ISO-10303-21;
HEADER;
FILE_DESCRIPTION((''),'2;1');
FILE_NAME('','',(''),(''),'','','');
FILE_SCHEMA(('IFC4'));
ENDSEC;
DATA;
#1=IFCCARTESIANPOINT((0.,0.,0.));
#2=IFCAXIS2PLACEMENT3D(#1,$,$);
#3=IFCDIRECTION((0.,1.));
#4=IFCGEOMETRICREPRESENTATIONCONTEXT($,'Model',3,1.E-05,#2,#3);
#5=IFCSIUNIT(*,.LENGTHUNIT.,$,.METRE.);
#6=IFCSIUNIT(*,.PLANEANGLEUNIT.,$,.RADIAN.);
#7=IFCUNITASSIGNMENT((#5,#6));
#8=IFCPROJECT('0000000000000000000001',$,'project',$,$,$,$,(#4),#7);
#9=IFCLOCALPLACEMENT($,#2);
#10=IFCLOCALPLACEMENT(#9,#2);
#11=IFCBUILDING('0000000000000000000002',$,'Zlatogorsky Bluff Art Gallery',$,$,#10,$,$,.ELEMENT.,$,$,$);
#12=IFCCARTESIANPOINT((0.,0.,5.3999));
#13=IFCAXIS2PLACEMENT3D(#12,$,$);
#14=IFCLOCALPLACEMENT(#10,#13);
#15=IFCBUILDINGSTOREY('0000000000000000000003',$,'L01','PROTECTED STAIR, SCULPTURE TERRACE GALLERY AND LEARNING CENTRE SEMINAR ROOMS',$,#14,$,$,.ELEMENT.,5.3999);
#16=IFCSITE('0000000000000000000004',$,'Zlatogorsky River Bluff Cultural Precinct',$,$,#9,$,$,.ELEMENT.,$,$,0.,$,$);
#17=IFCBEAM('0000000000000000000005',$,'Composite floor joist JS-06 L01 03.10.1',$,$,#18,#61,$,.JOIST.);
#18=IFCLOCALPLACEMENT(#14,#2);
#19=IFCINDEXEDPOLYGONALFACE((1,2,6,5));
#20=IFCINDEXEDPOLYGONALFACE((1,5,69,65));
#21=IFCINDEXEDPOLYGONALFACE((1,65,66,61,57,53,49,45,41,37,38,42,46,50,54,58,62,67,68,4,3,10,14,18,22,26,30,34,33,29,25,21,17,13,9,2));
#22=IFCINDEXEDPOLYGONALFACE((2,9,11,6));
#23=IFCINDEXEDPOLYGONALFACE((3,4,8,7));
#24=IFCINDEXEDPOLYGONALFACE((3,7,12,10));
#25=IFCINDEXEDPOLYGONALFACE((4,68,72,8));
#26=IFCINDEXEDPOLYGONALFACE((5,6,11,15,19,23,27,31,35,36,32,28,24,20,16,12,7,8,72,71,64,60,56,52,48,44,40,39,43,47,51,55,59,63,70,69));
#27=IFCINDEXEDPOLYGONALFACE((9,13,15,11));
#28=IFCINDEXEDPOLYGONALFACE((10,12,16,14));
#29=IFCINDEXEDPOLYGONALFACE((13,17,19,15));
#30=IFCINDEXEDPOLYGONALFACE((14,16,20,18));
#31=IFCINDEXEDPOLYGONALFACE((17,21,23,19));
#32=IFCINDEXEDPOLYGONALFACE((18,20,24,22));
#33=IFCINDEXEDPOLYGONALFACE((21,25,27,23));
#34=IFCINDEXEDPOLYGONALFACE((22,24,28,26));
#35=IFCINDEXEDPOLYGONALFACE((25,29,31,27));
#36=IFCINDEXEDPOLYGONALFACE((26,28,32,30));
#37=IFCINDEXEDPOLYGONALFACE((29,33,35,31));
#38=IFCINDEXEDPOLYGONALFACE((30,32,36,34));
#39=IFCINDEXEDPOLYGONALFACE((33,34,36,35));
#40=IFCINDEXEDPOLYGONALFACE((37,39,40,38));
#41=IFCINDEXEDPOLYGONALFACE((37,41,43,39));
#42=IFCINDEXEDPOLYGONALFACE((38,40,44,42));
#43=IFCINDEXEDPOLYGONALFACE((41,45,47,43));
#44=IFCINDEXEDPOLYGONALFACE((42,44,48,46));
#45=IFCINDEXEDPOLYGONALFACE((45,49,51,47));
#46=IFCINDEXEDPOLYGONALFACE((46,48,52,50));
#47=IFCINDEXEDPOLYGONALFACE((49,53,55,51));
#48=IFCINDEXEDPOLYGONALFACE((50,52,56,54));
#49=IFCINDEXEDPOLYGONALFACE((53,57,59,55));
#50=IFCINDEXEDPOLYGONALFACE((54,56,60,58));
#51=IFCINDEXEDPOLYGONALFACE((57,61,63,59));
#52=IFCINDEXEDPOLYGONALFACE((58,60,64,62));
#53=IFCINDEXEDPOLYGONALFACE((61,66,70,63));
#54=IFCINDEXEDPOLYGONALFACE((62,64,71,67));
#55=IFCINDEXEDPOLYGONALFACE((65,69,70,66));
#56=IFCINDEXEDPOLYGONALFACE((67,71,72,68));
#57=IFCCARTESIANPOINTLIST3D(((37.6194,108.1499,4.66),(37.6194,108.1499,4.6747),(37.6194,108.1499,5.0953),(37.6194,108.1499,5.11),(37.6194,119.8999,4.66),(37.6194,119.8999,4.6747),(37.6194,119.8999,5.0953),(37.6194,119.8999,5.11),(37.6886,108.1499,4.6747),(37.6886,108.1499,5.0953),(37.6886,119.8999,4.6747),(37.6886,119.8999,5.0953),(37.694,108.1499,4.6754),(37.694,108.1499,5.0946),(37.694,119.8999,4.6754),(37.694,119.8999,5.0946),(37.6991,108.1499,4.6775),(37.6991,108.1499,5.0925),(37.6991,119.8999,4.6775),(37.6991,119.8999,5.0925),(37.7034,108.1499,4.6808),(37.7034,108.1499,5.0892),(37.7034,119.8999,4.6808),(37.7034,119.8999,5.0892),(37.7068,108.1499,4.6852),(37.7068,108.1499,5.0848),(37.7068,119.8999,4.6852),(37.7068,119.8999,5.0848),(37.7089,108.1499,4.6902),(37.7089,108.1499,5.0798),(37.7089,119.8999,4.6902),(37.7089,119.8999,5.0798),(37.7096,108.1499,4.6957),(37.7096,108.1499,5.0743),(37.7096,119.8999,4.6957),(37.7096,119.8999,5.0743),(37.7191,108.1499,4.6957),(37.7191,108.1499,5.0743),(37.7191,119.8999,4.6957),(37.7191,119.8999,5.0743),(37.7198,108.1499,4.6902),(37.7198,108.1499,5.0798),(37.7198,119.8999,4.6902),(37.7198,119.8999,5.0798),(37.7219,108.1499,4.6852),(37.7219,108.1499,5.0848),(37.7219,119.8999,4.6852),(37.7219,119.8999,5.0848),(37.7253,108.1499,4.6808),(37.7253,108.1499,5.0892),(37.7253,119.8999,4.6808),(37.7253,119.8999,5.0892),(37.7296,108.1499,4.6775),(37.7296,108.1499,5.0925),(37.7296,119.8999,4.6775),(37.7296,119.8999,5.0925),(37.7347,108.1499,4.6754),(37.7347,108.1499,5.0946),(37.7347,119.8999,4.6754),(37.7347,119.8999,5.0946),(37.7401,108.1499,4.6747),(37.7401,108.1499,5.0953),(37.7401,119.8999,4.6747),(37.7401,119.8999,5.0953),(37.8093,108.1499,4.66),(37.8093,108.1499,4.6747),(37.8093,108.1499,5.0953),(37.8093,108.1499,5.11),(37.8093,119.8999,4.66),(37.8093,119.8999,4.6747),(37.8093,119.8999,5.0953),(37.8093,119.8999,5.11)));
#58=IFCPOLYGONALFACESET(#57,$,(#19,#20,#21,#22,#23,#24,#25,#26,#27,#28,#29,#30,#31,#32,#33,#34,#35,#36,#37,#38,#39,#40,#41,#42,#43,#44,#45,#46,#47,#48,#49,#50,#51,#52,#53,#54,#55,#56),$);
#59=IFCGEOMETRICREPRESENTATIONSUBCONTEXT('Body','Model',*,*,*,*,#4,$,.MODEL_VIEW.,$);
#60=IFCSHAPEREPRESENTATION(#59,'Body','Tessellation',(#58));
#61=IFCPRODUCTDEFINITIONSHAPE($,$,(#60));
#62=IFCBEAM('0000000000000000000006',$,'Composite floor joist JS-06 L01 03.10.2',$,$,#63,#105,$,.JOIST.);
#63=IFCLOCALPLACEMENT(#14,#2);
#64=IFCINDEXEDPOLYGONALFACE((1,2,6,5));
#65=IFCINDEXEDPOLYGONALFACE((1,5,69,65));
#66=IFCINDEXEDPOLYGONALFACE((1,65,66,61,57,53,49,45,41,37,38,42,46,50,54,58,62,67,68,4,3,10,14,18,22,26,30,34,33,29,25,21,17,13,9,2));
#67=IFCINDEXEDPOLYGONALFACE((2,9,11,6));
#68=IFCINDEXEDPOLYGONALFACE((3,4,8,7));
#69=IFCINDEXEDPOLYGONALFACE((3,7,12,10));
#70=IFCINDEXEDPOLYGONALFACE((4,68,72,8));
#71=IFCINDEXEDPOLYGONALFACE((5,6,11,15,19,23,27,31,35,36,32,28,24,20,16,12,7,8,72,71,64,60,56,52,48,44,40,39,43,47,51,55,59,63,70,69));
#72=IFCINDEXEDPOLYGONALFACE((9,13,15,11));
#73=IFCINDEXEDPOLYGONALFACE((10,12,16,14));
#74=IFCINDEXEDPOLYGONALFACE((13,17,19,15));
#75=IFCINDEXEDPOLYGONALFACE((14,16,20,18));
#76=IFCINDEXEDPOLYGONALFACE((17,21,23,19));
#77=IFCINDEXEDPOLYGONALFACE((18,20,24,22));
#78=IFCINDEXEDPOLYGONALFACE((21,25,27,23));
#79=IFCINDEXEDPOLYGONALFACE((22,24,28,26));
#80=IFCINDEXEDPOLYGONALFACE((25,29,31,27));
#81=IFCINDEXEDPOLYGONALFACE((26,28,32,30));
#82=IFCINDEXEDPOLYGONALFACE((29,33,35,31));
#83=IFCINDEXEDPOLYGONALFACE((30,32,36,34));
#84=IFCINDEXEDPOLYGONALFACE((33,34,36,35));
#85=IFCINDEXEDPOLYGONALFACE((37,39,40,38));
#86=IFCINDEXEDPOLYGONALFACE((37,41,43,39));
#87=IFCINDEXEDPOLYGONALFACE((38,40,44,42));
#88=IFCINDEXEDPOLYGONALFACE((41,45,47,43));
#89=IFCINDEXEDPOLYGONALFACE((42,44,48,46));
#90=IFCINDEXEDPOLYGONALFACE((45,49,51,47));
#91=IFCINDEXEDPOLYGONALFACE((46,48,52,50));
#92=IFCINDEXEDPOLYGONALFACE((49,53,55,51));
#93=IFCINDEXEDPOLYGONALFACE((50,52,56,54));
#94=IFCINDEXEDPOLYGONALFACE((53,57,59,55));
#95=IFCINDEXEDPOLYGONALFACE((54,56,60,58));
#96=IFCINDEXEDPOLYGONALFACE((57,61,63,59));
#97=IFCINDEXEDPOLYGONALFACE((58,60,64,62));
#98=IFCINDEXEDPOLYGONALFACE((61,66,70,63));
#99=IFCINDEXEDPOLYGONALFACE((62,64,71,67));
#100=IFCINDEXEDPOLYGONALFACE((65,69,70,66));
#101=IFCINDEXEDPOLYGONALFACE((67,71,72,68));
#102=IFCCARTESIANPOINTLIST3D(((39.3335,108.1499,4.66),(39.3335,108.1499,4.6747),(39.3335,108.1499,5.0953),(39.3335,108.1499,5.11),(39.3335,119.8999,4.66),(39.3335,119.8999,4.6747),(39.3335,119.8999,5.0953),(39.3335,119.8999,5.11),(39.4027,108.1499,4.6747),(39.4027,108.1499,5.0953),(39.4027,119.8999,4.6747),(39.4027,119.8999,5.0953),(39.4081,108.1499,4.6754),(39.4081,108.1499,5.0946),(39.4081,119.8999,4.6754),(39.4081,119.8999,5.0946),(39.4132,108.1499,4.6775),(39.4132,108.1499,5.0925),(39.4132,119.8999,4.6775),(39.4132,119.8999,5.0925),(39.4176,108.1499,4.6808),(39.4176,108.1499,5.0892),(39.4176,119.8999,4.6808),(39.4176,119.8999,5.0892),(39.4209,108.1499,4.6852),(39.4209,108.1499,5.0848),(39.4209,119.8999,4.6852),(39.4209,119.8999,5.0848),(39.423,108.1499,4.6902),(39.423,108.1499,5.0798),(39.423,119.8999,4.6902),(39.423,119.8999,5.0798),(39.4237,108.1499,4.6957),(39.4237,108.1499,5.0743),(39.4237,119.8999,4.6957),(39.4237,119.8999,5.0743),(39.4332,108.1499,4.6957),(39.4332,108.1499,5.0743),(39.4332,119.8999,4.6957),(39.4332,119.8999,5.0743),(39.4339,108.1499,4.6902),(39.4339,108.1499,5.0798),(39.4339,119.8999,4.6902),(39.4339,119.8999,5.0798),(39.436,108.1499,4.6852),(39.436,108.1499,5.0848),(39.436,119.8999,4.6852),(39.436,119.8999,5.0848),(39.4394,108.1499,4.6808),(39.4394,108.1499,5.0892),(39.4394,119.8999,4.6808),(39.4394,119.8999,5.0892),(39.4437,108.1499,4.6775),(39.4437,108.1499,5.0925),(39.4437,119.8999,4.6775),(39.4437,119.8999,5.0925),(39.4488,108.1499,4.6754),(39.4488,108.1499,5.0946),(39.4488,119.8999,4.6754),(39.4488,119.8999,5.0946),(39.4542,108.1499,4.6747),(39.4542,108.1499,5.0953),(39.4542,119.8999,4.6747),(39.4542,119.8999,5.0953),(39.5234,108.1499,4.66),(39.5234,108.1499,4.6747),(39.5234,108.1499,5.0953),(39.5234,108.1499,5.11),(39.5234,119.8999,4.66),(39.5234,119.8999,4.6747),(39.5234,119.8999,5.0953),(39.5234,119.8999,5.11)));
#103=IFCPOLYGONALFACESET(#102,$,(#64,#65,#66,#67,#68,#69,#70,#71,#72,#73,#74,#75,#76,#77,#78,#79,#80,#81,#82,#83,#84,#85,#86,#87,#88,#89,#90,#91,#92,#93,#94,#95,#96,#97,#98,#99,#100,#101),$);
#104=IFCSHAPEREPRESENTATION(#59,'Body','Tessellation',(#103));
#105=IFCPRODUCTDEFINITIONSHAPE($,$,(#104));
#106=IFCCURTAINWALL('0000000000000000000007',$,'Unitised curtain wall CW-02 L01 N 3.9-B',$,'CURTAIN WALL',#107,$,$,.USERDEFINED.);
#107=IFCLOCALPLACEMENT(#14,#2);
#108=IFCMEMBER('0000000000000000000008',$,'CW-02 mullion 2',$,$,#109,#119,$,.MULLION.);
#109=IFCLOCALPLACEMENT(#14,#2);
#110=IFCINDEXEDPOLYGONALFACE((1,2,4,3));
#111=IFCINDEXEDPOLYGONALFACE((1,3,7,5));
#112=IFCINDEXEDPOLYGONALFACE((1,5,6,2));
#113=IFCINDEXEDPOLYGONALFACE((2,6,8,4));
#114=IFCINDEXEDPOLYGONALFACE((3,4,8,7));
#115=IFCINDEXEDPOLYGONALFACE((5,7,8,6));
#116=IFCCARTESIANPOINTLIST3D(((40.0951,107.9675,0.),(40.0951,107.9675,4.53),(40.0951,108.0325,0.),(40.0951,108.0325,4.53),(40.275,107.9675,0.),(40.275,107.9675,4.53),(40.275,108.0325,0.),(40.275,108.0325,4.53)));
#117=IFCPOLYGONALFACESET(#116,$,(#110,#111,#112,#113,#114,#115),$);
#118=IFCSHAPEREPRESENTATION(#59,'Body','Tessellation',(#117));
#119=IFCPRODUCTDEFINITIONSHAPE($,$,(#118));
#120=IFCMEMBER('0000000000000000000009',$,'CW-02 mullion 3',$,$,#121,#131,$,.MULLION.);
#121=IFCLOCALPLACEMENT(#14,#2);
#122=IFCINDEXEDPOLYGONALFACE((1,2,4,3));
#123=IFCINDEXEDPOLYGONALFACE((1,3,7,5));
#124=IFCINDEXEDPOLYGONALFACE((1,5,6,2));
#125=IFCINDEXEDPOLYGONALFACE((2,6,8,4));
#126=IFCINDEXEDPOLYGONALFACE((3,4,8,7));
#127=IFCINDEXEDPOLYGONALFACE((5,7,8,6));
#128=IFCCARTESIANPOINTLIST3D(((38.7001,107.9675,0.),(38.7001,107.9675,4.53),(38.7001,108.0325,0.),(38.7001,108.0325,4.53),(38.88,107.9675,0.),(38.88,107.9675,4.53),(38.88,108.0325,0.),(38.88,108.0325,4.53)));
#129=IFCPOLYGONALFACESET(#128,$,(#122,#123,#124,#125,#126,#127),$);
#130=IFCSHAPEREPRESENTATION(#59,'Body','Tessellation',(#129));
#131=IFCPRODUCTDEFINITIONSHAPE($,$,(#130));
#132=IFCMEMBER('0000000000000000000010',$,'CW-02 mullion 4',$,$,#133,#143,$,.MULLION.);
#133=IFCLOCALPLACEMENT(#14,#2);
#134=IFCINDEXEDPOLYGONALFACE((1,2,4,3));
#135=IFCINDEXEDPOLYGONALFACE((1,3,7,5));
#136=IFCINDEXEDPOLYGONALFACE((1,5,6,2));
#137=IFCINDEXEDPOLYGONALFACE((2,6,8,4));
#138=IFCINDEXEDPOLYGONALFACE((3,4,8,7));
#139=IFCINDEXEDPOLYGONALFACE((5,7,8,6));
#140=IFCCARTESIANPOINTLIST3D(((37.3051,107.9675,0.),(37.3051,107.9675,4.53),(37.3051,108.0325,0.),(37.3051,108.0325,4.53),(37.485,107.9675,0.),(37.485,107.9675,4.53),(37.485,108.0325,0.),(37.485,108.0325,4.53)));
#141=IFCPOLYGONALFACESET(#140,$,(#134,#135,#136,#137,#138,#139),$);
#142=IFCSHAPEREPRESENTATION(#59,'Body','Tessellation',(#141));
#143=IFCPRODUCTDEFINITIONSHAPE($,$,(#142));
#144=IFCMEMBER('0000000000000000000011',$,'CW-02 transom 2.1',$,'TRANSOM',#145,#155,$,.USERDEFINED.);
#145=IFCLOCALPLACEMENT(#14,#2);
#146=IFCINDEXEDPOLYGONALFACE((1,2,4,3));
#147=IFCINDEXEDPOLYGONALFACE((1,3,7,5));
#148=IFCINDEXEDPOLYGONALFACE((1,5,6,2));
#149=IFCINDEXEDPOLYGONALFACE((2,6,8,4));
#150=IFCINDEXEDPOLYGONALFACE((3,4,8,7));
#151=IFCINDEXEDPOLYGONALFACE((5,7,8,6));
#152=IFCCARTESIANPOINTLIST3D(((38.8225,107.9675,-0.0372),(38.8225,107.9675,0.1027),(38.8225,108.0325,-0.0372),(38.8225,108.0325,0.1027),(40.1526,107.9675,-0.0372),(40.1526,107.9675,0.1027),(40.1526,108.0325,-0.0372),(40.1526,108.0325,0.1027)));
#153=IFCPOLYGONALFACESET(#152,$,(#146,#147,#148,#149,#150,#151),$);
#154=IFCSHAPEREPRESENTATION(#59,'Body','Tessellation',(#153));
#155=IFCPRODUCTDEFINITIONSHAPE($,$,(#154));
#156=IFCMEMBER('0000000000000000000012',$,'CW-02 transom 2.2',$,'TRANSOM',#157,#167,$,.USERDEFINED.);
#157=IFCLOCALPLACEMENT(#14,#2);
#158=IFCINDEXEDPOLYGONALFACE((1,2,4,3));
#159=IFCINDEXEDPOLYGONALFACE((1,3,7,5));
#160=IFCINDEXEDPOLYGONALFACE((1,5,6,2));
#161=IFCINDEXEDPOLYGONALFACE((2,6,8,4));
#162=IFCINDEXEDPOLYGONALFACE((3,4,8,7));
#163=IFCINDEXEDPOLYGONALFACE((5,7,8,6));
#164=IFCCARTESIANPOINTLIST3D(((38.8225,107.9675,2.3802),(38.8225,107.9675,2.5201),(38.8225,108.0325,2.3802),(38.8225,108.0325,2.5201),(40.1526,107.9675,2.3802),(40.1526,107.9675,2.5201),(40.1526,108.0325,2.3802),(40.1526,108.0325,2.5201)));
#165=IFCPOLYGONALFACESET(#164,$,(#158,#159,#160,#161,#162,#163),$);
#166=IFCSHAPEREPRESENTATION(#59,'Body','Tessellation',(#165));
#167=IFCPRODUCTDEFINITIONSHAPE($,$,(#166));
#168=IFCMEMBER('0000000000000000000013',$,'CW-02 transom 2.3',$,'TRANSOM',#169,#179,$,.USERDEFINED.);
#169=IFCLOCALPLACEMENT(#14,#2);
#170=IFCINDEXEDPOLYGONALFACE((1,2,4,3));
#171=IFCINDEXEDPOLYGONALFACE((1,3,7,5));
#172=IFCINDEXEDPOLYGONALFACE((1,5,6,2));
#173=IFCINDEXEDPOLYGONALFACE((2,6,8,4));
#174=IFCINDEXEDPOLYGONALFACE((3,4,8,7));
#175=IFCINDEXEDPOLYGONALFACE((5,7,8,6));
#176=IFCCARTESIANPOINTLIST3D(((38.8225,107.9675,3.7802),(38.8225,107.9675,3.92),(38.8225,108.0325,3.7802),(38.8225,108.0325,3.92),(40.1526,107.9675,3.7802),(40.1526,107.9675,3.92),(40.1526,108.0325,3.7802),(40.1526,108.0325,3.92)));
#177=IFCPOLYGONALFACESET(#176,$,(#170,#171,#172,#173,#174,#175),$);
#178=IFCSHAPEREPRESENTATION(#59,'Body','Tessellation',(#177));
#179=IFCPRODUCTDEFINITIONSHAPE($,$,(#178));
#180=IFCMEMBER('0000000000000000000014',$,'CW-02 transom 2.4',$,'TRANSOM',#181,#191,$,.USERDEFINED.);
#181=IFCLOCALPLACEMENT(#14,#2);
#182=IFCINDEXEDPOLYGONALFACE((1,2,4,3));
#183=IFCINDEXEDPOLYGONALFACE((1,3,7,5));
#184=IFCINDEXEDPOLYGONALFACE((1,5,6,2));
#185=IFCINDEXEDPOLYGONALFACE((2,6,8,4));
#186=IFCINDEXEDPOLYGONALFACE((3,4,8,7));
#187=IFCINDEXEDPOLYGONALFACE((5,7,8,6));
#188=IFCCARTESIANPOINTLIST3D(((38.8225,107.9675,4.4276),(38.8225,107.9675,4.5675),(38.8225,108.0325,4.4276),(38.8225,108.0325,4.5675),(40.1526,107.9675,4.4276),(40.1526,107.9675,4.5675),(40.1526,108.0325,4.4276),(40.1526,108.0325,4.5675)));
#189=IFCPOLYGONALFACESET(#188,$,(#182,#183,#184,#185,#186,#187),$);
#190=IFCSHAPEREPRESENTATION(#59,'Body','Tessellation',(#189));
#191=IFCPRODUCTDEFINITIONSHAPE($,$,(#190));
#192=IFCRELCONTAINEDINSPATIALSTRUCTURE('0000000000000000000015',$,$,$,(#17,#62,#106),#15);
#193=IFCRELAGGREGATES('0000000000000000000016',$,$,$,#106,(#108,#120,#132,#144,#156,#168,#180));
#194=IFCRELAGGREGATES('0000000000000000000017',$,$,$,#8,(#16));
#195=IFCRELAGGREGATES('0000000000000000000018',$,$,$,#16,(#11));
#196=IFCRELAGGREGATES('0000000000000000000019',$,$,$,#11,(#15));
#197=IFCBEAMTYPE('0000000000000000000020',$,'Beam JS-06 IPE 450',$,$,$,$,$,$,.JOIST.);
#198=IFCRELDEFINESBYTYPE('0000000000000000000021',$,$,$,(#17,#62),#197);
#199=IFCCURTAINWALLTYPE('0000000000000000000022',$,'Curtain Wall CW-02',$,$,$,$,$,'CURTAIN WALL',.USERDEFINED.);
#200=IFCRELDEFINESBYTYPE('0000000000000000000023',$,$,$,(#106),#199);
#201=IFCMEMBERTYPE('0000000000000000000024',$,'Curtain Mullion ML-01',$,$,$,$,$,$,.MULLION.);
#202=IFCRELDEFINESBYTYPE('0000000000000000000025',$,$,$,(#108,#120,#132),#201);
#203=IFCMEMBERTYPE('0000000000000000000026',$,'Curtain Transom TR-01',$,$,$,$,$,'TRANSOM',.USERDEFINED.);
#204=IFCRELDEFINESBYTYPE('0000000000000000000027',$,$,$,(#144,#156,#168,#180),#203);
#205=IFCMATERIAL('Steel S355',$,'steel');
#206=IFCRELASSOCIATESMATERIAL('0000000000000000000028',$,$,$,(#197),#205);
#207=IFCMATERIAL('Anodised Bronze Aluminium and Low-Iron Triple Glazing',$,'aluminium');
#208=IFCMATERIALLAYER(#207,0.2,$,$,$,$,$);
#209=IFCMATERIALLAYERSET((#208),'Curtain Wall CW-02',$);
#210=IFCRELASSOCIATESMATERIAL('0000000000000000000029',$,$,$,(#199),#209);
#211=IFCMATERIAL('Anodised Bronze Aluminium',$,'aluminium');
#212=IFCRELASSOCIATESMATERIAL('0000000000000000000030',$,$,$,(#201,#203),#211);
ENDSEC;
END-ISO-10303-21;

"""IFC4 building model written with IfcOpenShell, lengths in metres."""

from ifc_helpers import new_model, si_unit, direction, frame, origin, origin_2d, place, context, subcontext, project, spatial, rectangle, i_section, extrude, material, layer, layer_set, material_profile, profile_set, type_object, element, aggregate, save


model = new_model("IFC4")

# Units and contexts
model_context = context("Model", 3, precision=1e-05, world=origin(), true_north=direction((0.0, 1.0)))
body_context = subcontext(model_context, "Body", "Model", "MODEL_VIEW")
ifc_project = project(units=[si_unit("LENGTHUNIT", "METRE"), si_unit("PLANEANGLEUNIT", "RADIAN")], contexts=[model_context])

# Site, building, storey
site_placement = place(None, origin())
site = spatial("IfcSite", under=ifc_project, at=site_placement, Name="Zlatogorsky River Bluff Cultural Precinct", CompositionType="ELEMENT", RefElevation=0.0)
building_placement = place(site_placement, origin())
building = spatial("IfcBuilding", under=site, at=building_placement, Name="Zlatogorsky Bluff Art Gallery", CompositionType="ELEMENT")
storey_placement = place(building_placement, frame((0.0, 0.0, 5.3999)))
storey = spatial("IfcBuildingStorey", under=building, at=storey_placement, Name="L01", Description="PROTECTED STAIR, SCULPTURE TERRACE GALLERY AND LEARNING CENTRE SEMINAR ROOMS", CompositionType="ELEMENT", Elevation=5.3999)

# Beams
ifc_material_1 = material(Name="Steel S355", Category="steel")
ifc_material_profile_1 = material_profile(ifc_material_1, i_section(OverallWidth=0.1899, OverallDepth=0.45, WebThickness=0.0095, FlangeThickness=0.0146, FilletRadius=0.021, at=origin_2d()), Name="IPE 450")
ifc_profile_set_1 = profile_set([ifc_material_profile_1], Name="Steel S355")
beam_type = type_object("IfcBeamType", Name="Beam JS-06 IPE 450", PredefinedType="JOIST", material=ifc_profile_set_1)
for number, where, z_axis, x_axis, name in (
    (1, (37.7144, 108.1499, 4.885), (0.0, 1.0, 0.0), (-1.0, 0.0, 0.0), "Composite floor joist JS-06 L01 03.10.1"),
    (2, (39.4285, 108.1499, 4.885), (0.0, 1.0, 0.0), (-1.0, 0.0, 0.0), "Composite floor joist JS-06 L01 03.10.2"),
):
    element("IfcBeam", number, at=place(storey_placement, frame(where, z_axis=z_axis, x_axis=x_axis)), inside=storey, type_object=beam_type, Name=name, PredefinedType="JOIST", context=body_context, shape_type="SweptSolid", body=[
        extrude(i_section(OverallWidth=0.1899, OverallDepth=0.45, WebThickness=0.0095, FlangeThickness=0.0146, FilletRadius=0.021, at=origin_2d()), origin(), (0.0, 0.0, 1.0), 11.75),
    ])

# Curtain wall, members
ifc_material_2 = material(Name="Anodised Bronze Aluminium and Low-Iron Triple Glazing", Category="aluminium")
ifc_layer_1 = layer(ifc_material_2, 0.2)
ifc_layer_set_1 = layer_set([ifc_layer_1], Name="Curtain Wall CW-02")
curtain_wall_type = type_object("IfcCurtainWallType", Name="Curtain Wall CW-02", ElementType="CURTAIN WALL", PredefinedType="USERDEFINED", material=ifc_layer_set_1)
curtain_wall_placement = place(storey_placement, origin())
curtain_wall = element("IfcCurtainWall", 3, at=curtain_wall_placement, inside=storey, type_object=curtain_wall_type, Name="Unitised curtain wall CW-02 L01 N 3.9-B", ObjectType="CURTAIN WALL", PredefinedType="USERDEFINED")
ifc_material_3 = material(Name="Anodised Bronze Aluminium", Category="aluminium")
ifc_material_profile_2 = material_profile(ifc_material_3, rectangle(XDim=0.0649, YDim=0.1799, at=origin_2d()), Name="ALU MULLION 65x180")
ifc_profile_set_2 = profile_set([ifc_material_profile_2], Name="Anodised Bronze Aluminium")
member_type_1 = type_object("IfcMemberType", Name="Curtain Mullion ML-01", PredefinedType="MULLION", material=ifc_profile_set_2)
member_1_placement = place(storey_placement, frame((40.1851, 108.0, 0.0), z_axis=(0.0, 0.0, 1.0), x_axis=(0.0, -1.0, 0.0)))
member_1 = element("IfcMember", 4, at=member_1_placement, type_object=member_type_1, Name="CW-02 mullion 2", PredefinedType="MULLION", context=body_context, shape_type="SweptSolid", body=[
    extrude(rectangle(XDim=0.0649, YDim=0.1799, at=origin_2d()), origin(), (0.0, 0.0, 1.0), 4.53),
])
member_2_placement = place(storey_placement, frame((38.79, 108.0, 0.0), z_axis=(0.0, 0.0, 1.0), x_axis=(0.0, -1.0, 0.0)))
member_2 = element("IfcMember", 5, at=member_2_placement, type_object=member_type_1, Name="CW-02 mullion 3", PredefinedType="MULLION", context=body_context, shape_type="SweptSolid", body=[
    extrude(rectangle(XDim=0.0649, YDim=0.1799, at=origin_2d()), origin(), (0.0, 0.0, 1.0), 4.53),
])
member_3_placement = place(storey_placement, frame((37.395, 108.0, 0.0), z_axis=(0.0, 0.0, 1.0), x_axis=(0.0, -1.0, 0.0)))
member_3 = element("IfcMember", 6, at=member_3_placement, type_object=member_type_1, Name="CW-02 mullion 4", PredefinedType="MULLION", context=body_context, shape_type="SweptSolid", body=[
    extrude(rectangle(XDim=0.0649, YDim=0.1799, at=origin_2d()), origin(), (0.0, 0.0, 1.0), 4.53),
])
ifc_material_profile_3 = material_profile(ifc_material_3, rectangle(XDim=0.0649, YDim=0.1399, at=origin_2d()), Name="ALU TRANSOM 65x140")
ifc_profile_set_3 = profile_set([ifc_material_profile_3], Name="Anodised Bronze Aluminium")
member_type_2 = type_object("IfcMemberType", Name="Curtain Transom TR-01", ElementType="TRANSOM", PredefinedType="USERDEFINED", material=ifc_profile_set_3)
member_4_placement = place(storey_placement, frame((40.1526, 108.0, 0.0327), z_axis=(-1.0, 0.0, 0.0), x_axis=(0.0, -1.0, 0.0)))
member_4 = element("IfcMember", 7, at=member_4_placement, type_object=member_type_2, Name="CW-02 transom 2.1", ObjectType="TRANSOM", PredefinedType="USERDEFINED", context=body_context, shape_type="SweptSolid", body=[
    extrude(rectangle(XDim=0.0649, YDim=0.1399, at=origin_2d()), origin(), (0.0, 0.0, 1.0), 1.3301),
])
member_5_placement = place(storey_placement, frame((40.1526, 108.0, 2.4502), z_axis=(-1.0, 0.0, 0.0), x_axis=(0.0, -1.0, 0.0)))
member_5 = element("IfcMember", 8, at=member_5_placement, type_object=member_type_2, Name="CW-02 transom 2.2", ObjectType="TRANSOM", PredefinedType="USERDEFINED", context=body_context, shape_type="SweptSolid", body=[
    extrude(rectangle(XDim=0.0649, YDim=0.1399, at=origin_2d()), origin(), (0.0, 0.0, 1.0), 1.3301),
])
member_6_placement = place(storey_placement, frame((40.1526, 108.0, 3.8501), z_axis=(-1.0, 0.0, 0.0), x_axis=(0.0, -1.0, 0.0)))
member_6 = element("IfcMember", 9, at=member_6_placement, type_object=member_type_2, Name="CW-02 transom 2.3", ObjectType="TRANSOM", PredefinedType="USERDEFINED", context=body_context, shape_type="SweptSolid", body=[
    extrude(rectangle(XDim=0.0649, YDim=0.1399, at=origin_2d()), origin(), (0.0, 0.0, 1.0), 1.3301),
])
member_7_placement = place(storey_placement, frame((40.1526, 108.0, 4.4976), z_axis=(-1.0, 0.0, 0.0), x_axis=(0.0, -1.0, 0.0)))
member_7 = element("IfcMember", 10, at=member_7_placement, type_object=member_type_2, Name="CW-02 transom 2.4", ObjectType="TRANSOM", PredefinedType="USERDEFINED", context=body_context, shape_type="SweptSolid", body=[
    extrude(rectangle(XDim=0.0649, YDim=0.1399, at=origin_2d()), origin(), (0.0, 0.0, 1.0), 1.3301),
])
aggregate(curtain_wall, [member_1, member_2, member_3, member_4, member_5, member_6, member_7])

save(model, "model.ifc")
